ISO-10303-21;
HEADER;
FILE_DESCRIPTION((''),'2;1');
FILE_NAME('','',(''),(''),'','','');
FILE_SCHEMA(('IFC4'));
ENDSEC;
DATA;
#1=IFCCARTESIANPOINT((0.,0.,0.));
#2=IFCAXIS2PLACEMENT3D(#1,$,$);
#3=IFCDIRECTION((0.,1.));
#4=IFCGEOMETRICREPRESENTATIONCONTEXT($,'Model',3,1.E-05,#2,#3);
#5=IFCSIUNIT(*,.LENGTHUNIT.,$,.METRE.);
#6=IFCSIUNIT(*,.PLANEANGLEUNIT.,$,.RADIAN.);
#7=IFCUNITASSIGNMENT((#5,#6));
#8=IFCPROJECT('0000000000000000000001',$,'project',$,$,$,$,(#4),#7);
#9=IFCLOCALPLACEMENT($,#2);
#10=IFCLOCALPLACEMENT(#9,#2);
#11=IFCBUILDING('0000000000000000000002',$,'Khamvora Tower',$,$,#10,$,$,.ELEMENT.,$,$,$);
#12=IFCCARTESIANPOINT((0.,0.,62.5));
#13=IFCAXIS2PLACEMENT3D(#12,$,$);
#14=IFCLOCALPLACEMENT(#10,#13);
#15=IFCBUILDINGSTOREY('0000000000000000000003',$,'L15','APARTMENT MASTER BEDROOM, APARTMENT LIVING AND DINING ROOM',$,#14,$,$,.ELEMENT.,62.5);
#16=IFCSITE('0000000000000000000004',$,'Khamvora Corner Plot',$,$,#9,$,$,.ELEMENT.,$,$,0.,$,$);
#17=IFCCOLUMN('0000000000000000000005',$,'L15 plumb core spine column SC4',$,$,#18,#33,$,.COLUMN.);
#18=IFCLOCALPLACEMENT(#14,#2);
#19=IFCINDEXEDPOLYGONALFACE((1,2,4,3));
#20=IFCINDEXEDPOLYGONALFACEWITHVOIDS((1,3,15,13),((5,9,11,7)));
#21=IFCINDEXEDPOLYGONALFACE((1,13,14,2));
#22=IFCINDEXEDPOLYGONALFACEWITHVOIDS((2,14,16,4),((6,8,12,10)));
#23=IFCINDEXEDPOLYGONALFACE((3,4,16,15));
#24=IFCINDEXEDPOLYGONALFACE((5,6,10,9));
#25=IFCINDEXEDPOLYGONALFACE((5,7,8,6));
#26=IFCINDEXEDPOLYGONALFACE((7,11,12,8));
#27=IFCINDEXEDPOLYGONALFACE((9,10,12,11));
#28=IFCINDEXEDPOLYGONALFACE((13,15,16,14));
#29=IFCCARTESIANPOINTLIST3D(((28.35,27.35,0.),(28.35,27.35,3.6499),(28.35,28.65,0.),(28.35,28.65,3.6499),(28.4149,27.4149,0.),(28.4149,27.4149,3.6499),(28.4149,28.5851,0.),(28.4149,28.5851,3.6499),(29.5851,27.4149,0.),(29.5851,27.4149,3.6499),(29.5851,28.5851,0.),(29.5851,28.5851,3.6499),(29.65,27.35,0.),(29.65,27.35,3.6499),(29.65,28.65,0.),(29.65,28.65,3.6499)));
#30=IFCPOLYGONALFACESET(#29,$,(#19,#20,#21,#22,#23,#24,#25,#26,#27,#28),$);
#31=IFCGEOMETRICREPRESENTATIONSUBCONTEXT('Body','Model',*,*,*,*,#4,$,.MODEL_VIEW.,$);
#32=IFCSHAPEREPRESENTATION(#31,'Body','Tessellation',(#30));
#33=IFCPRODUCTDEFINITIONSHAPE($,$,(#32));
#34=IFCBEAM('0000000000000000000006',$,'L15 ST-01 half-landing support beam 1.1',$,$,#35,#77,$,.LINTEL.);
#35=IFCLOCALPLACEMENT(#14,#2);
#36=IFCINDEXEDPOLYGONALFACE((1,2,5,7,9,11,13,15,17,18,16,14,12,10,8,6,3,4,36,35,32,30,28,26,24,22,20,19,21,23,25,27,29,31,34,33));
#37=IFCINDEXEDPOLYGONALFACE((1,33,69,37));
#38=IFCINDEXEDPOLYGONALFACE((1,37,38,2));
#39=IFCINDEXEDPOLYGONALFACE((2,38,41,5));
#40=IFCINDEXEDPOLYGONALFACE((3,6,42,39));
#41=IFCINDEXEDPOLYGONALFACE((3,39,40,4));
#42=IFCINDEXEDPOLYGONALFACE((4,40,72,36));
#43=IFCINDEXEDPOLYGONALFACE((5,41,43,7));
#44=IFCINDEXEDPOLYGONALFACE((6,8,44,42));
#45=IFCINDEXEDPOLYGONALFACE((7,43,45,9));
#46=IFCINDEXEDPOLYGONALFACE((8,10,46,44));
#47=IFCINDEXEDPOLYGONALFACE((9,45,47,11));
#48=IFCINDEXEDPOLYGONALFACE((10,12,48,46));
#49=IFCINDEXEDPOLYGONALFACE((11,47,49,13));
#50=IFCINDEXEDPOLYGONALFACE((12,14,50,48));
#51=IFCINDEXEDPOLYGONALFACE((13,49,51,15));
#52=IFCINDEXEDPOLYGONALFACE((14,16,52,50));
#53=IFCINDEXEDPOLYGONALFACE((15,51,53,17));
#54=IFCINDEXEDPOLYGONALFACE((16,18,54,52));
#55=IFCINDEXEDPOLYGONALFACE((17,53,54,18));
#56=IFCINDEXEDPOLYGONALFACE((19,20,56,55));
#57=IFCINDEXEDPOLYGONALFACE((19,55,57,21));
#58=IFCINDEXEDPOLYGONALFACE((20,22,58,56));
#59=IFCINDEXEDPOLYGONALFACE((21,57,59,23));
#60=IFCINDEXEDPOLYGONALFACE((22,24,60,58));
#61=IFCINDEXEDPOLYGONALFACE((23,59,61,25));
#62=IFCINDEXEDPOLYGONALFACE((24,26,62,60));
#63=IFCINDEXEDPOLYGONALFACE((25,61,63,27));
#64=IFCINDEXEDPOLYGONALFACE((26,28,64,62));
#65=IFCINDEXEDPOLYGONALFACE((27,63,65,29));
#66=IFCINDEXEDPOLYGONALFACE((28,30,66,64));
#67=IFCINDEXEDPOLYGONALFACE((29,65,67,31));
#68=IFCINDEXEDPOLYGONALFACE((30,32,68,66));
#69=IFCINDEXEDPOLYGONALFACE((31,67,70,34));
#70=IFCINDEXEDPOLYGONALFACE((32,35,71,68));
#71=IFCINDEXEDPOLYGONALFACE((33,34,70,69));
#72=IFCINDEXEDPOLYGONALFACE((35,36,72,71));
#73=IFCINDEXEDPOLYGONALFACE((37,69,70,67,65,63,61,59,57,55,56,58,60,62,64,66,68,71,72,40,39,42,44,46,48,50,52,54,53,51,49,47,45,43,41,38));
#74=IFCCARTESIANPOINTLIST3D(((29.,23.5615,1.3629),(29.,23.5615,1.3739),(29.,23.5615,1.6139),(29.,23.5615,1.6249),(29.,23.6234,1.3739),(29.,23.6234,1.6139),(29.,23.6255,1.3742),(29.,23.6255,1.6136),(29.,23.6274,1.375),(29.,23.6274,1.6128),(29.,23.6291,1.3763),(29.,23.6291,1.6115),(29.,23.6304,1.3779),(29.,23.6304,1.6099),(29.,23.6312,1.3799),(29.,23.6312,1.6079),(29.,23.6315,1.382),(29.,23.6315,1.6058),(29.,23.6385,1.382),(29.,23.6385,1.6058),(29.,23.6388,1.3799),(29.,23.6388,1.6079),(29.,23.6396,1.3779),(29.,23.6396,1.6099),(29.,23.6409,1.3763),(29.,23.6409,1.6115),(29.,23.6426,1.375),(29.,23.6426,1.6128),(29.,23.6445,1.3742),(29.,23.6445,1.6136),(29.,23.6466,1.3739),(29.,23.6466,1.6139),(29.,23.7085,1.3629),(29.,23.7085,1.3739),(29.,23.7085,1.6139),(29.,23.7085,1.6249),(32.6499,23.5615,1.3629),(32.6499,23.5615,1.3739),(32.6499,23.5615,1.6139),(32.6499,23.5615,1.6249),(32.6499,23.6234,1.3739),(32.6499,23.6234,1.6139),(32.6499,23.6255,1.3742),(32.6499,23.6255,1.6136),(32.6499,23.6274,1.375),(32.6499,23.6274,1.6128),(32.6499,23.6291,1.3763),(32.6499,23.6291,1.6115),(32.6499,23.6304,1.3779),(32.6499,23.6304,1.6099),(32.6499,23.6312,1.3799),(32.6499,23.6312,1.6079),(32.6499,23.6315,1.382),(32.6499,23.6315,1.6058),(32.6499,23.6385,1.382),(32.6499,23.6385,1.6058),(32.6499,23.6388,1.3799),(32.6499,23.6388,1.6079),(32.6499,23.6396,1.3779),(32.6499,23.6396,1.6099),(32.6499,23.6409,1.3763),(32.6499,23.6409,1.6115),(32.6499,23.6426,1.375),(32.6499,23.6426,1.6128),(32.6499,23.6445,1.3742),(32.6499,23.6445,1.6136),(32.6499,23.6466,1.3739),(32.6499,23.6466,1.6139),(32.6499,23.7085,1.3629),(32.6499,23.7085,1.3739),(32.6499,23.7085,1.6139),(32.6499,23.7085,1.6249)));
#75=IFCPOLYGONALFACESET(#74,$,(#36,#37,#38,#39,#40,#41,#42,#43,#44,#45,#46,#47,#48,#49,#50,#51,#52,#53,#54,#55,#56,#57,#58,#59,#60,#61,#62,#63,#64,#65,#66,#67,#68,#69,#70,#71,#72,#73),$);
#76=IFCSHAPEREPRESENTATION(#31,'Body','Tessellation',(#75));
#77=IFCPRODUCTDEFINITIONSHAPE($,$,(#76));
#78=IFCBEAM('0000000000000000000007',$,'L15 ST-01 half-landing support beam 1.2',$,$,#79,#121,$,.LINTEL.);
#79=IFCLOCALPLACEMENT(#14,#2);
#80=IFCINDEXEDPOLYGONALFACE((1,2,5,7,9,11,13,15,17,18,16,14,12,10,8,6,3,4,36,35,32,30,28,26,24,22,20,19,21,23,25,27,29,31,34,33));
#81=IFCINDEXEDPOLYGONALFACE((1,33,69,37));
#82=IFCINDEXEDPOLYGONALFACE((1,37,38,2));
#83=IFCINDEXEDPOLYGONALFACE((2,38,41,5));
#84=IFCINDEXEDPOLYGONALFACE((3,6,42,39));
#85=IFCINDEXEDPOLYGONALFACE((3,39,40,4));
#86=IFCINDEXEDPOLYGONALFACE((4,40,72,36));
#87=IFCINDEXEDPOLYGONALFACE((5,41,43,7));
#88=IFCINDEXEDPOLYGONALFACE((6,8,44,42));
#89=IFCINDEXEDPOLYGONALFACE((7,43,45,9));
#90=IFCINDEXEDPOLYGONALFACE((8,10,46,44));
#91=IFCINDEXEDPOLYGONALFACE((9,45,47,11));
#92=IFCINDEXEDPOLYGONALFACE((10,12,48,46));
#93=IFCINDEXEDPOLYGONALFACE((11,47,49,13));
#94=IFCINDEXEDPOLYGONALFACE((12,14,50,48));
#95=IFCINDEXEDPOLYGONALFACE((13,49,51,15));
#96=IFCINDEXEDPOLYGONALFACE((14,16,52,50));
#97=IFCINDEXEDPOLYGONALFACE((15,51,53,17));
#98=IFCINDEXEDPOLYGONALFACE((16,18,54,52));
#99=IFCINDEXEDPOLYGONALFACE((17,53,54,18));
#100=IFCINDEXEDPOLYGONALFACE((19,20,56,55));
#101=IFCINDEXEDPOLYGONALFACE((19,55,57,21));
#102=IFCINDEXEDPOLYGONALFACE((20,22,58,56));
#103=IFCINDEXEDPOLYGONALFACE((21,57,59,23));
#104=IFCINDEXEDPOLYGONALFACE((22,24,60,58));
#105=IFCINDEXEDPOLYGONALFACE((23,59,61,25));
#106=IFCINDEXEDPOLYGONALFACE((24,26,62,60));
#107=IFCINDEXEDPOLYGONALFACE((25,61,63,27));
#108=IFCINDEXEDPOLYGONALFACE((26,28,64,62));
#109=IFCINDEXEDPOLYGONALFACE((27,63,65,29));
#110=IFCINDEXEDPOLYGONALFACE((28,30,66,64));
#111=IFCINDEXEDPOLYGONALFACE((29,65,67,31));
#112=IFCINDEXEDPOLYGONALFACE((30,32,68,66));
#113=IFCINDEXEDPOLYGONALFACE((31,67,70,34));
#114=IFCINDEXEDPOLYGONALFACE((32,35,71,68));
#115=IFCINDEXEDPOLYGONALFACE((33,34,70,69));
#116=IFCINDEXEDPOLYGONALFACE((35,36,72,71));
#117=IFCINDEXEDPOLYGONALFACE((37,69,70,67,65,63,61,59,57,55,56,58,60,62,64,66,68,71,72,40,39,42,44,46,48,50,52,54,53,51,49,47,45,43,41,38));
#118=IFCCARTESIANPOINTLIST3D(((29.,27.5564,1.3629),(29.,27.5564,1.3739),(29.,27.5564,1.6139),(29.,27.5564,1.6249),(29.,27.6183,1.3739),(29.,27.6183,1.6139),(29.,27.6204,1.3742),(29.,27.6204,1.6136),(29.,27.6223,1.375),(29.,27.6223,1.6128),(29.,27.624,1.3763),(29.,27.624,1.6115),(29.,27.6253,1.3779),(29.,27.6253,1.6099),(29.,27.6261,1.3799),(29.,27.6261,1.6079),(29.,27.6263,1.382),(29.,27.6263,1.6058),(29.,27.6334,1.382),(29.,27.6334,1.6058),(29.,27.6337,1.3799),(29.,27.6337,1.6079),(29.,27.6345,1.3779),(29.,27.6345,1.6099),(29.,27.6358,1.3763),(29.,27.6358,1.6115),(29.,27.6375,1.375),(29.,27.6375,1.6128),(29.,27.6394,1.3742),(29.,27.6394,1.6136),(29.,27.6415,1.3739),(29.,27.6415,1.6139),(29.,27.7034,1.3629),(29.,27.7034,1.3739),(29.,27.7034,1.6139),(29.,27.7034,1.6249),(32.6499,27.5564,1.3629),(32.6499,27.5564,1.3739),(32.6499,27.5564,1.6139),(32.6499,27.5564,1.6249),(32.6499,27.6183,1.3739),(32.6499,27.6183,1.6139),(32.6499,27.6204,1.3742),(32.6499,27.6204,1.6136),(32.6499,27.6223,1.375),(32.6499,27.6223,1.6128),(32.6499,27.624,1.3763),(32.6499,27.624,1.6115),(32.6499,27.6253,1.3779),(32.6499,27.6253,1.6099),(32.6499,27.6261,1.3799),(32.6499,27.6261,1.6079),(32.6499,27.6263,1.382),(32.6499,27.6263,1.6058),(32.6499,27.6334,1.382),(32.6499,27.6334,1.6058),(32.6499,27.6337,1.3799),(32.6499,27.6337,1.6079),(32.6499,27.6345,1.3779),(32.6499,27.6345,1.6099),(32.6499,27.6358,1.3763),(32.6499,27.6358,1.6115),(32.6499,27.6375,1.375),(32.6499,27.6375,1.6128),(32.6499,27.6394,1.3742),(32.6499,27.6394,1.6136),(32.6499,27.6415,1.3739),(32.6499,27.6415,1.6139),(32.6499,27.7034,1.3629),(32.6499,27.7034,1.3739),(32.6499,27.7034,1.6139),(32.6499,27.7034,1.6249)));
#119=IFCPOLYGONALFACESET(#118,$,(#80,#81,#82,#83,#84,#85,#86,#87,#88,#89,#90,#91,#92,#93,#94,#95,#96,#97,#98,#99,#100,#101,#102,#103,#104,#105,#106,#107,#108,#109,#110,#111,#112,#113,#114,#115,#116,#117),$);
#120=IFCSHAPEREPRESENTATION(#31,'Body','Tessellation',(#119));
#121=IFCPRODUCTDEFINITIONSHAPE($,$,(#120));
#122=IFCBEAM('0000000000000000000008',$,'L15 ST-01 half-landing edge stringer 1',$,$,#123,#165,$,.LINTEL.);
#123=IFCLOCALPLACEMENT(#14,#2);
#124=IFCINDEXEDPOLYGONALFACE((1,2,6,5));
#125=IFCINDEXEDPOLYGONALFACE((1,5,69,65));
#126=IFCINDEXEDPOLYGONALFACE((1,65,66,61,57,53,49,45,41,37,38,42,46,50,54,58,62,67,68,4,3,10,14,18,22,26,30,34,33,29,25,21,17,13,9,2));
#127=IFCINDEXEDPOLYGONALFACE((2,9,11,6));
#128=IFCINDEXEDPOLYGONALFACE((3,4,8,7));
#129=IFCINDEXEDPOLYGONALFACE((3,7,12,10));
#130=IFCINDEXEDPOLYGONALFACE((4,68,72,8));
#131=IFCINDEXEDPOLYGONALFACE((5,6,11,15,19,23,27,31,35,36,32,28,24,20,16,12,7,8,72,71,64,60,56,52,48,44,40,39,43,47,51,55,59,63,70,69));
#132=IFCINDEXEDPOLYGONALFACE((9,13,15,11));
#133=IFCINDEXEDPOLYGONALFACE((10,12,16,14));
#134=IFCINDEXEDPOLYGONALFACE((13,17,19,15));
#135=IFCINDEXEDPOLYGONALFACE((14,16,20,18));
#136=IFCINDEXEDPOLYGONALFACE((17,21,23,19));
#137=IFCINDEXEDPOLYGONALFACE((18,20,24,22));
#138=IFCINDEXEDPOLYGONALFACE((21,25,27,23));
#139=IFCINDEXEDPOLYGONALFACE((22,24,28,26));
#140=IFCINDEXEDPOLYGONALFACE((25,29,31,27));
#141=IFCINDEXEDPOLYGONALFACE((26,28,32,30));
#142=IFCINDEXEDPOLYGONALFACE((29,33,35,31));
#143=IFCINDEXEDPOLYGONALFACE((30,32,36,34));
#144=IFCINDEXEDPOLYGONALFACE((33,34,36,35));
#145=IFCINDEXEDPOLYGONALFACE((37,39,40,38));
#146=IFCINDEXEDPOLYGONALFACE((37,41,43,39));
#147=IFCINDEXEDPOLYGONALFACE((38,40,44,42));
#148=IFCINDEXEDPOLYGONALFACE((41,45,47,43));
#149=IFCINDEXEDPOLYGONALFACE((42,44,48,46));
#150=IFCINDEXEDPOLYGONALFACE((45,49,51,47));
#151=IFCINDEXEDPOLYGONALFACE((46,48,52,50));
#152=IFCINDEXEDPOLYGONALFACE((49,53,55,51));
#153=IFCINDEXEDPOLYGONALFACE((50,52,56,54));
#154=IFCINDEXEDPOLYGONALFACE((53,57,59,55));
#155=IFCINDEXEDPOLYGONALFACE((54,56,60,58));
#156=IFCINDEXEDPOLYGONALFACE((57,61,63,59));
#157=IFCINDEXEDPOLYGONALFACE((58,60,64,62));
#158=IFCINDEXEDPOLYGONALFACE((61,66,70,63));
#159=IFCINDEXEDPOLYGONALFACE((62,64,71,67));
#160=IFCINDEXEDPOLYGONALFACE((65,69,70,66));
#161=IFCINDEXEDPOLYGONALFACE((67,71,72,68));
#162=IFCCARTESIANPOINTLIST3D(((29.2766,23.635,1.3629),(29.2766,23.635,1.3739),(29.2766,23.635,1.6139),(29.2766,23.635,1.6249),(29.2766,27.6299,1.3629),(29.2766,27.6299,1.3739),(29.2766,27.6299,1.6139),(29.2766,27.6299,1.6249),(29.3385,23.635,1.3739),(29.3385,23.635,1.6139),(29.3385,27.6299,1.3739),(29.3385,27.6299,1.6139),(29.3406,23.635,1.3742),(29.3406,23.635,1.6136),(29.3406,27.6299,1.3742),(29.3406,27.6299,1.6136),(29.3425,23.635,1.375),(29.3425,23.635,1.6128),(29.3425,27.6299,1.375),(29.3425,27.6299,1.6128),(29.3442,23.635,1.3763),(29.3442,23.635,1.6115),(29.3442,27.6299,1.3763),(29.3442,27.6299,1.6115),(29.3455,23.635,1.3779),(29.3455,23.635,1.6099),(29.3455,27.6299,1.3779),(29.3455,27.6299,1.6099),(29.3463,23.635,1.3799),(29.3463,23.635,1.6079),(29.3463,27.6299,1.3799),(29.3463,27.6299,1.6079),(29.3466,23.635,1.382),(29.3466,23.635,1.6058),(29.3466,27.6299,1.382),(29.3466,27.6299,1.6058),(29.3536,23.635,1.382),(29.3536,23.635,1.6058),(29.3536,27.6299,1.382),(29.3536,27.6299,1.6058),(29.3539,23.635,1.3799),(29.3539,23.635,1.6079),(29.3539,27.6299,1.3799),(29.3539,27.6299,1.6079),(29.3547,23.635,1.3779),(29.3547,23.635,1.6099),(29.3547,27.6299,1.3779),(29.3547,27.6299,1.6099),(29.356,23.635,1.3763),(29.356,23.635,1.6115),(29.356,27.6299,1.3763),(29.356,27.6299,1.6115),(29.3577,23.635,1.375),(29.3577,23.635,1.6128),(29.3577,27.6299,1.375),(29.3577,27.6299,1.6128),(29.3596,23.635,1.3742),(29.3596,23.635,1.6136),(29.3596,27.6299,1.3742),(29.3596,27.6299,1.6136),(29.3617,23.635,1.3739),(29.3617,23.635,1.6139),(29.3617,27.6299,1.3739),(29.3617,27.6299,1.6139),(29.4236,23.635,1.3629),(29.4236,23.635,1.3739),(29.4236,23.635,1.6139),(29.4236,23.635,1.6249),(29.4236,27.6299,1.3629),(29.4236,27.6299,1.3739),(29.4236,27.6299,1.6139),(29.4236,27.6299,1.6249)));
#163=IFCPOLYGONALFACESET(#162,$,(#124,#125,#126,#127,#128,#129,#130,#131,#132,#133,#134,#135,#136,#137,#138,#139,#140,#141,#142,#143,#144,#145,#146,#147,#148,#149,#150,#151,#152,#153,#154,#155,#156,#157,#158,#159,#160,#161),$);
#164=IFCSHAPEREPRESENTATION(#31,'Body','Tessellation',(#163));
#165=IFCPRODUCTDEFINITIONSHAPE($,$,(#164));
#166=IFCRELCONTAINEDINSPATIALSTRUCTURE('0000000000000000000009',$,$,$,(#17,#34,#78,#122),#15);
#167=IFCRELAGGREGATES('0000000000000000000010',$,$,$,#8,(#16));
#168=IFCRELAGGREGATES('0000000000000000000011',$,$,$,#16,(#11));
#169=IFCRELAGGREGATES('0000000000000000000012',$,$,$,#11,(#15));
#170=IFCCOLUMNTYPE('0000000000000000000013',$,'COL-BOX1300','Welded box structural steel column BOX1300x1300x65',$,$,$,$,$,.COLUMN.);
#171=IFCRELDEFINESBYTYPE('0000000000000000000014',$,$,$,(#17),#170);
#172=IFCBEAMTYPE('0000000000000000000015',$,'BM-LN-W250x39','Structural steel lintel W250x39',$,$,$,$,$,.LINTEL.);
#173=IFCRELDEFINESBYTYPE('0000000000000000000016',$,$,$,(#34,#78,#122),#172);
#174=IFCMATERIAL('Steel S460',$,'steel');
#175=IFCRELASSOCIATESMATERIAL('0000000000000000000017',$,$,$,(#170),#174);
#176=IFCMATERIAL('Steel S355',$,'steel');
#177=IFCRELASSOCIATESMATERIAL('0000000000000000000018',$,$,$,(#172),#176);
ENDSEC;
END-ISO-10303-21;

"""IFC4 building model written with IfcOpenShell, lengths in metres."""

from ifc_helpers import new_model, si_unit, direction, frame, origin, origin_2d, place, context, subcontext, project, spatial, hollow_rectangle, i_section, extrude, material, material_profile, profile_set, type_object, element, save


model = new_model("IFC4")

# Units and contexts
model_context = context("Model", 3, precision=1e-05, world=origin(), true_north=direction((0.0, 1.0)))
body_context = subcontext(model_context, "Body", "Model", "MODEL_VIEW")
ifc_project = project(units=[si_unit("LENGTHUNIT", "METRE"), si_unit("PLANEANGLEUNIT", "RADIAN")], contexts=[model_context])

# Site, building, storey
site_placement = place(None, origin())
site = spatial("IfcSite", under=ifc_project, at=site_placement, Name="Khamvora Corner Plot", CompositionType="ELEMENT", RefElevation=0.0)
building_placement = place(site_placement, origin())
building = spatial("IfcBuilding", under=site, at=building_placement, Name="Khamvora Tower", CompositionType="ELEMENT")
storey_placement = place(building_placement, frame((0.0, 0.0, 62.5)))
storey = spatial("IfcBuildingStorey", under=building, at=storey_placement, Name="L15", Description="APARTMENT MASTER BEDROOM, APARTMENT LIVING AND DINING ROOM", CompositionType="ELEMENT", Elevation=62.5)

# Column
ifc_material_1 = material(Name="Steel S460", Category="steel")
ifc_material_profile_1 = material_profile(ifc_material_1, hollow_rectangle(XDim=1.3, YDim=1.3, WallThickness=0.0649, at=origin_2d()), Name="BOX1300x1300x65")
ifc_profile_set_1 = profile_set([ifc_material_profile_1], Name="Steel S460")
column_type = type_object("IfcColumnType", Name="COL-BOX1300", Description="Welded box structural steel column BOX1300x1300x65", PredefinedType="COLUMN", material=ifc_profile_set_1)
column_placement = place(storey_placement, frame((29.0, 28.0, 0.0), z_axis=(0.0, 0.0, 1.0), x_axis=(1.0, 0.0, 0.0)))
element("IfcColumn", 1, at=column_placement, inside=storey, type_object=column_type, Name="L15 plumb core spine column SC4", PredefinedType="COLUMN", context=body_context, shape_type="SweptSolid", body=[
    extrude(hollow_rectangle(XDim=1.3, YDim=1.3, WallThickness=0.0649, at=origin_2d()), origin(), (0.0, 0.0, 1.0), 3.6499),
])

# Beams
ifc_material_2 = material(Name="Steel S355", Category="steel")
ifc_material_profile_2 = material_profile(ifc_material_2, i_section(OverallWidth=0.147, OverallDepth=0.262, WebThickness=0.0071, FlangeThickness=0.011, FilletRadius=0.0081, at=origin_2d()), Name="W250x39")
ifc_profile_set_2 = profile_set([ifc_material_profile_2], Name="Steel S355")
beam_type_1 = type_object("IfcBeamType", Name="BM-LN-W250x39", Description="Structural steel lintel W250x39", PredefinedType="LINTEL", material=ifc_profile_set_2)
for number, where, z_axis, x_axis, name in (
    (2, (29.0, 23.635, 1.4939), (1.0, 0.0, 0.0), (0.0, 1.0, 0.0), "L15 ST-01 half-landing support beam 1.1"),
    (3, (29.0, 27.6299, 1.4939), (1.0, 0.0, 0.0), (0.0, 1.0, 0.0), "L15 ST-01 half-landing support beam 1.2"),
):
    element("IfcBeam", number, at=place(storey_placement, frame(where, z_axis=z_axis, x_axis=x_axis)), inside=storey, type_object=beam_type_1, Name=name, PredefinedType="LINTEL", context=body_context, shape_type="SweptSolid", body=[
        extrude(i_section(OverallWidth=0.147, OverallDepth=0.262, WebThickness=0.0071, FlangeThickness=0.011, FilletRadius=0.0081, at=origin_2d()), origin(), (0.0, 0.0, 1.0), 3.6499),
    ])
beam_1_placement = place(storey_placement, frame((29.3501, 23.635, 1.4939), z_axis=(0.0, 1.0, 0.0), x_axis=(-1.0, 0.0, 0.0)))
element("IfcBeam", 4, at=beam_1_placement, inside=storey, type_object=beam_type_1, Name="L15 ST-01 half-landing edge stringer 1", PredefinedType="LINTEL", context=body_context, shape_type="SweptSolid", body=[
    extrude(i_section(OverallWidth=0.147, OverallDepth=0.262, WebThickness=0.0071, FlangeThickness=0.011, FilletRadius=0.0081, at=origin_2d()), origin(), (0.0, 0.0, 1.0), 3.9949),
])

save(model, "model.ifc")
